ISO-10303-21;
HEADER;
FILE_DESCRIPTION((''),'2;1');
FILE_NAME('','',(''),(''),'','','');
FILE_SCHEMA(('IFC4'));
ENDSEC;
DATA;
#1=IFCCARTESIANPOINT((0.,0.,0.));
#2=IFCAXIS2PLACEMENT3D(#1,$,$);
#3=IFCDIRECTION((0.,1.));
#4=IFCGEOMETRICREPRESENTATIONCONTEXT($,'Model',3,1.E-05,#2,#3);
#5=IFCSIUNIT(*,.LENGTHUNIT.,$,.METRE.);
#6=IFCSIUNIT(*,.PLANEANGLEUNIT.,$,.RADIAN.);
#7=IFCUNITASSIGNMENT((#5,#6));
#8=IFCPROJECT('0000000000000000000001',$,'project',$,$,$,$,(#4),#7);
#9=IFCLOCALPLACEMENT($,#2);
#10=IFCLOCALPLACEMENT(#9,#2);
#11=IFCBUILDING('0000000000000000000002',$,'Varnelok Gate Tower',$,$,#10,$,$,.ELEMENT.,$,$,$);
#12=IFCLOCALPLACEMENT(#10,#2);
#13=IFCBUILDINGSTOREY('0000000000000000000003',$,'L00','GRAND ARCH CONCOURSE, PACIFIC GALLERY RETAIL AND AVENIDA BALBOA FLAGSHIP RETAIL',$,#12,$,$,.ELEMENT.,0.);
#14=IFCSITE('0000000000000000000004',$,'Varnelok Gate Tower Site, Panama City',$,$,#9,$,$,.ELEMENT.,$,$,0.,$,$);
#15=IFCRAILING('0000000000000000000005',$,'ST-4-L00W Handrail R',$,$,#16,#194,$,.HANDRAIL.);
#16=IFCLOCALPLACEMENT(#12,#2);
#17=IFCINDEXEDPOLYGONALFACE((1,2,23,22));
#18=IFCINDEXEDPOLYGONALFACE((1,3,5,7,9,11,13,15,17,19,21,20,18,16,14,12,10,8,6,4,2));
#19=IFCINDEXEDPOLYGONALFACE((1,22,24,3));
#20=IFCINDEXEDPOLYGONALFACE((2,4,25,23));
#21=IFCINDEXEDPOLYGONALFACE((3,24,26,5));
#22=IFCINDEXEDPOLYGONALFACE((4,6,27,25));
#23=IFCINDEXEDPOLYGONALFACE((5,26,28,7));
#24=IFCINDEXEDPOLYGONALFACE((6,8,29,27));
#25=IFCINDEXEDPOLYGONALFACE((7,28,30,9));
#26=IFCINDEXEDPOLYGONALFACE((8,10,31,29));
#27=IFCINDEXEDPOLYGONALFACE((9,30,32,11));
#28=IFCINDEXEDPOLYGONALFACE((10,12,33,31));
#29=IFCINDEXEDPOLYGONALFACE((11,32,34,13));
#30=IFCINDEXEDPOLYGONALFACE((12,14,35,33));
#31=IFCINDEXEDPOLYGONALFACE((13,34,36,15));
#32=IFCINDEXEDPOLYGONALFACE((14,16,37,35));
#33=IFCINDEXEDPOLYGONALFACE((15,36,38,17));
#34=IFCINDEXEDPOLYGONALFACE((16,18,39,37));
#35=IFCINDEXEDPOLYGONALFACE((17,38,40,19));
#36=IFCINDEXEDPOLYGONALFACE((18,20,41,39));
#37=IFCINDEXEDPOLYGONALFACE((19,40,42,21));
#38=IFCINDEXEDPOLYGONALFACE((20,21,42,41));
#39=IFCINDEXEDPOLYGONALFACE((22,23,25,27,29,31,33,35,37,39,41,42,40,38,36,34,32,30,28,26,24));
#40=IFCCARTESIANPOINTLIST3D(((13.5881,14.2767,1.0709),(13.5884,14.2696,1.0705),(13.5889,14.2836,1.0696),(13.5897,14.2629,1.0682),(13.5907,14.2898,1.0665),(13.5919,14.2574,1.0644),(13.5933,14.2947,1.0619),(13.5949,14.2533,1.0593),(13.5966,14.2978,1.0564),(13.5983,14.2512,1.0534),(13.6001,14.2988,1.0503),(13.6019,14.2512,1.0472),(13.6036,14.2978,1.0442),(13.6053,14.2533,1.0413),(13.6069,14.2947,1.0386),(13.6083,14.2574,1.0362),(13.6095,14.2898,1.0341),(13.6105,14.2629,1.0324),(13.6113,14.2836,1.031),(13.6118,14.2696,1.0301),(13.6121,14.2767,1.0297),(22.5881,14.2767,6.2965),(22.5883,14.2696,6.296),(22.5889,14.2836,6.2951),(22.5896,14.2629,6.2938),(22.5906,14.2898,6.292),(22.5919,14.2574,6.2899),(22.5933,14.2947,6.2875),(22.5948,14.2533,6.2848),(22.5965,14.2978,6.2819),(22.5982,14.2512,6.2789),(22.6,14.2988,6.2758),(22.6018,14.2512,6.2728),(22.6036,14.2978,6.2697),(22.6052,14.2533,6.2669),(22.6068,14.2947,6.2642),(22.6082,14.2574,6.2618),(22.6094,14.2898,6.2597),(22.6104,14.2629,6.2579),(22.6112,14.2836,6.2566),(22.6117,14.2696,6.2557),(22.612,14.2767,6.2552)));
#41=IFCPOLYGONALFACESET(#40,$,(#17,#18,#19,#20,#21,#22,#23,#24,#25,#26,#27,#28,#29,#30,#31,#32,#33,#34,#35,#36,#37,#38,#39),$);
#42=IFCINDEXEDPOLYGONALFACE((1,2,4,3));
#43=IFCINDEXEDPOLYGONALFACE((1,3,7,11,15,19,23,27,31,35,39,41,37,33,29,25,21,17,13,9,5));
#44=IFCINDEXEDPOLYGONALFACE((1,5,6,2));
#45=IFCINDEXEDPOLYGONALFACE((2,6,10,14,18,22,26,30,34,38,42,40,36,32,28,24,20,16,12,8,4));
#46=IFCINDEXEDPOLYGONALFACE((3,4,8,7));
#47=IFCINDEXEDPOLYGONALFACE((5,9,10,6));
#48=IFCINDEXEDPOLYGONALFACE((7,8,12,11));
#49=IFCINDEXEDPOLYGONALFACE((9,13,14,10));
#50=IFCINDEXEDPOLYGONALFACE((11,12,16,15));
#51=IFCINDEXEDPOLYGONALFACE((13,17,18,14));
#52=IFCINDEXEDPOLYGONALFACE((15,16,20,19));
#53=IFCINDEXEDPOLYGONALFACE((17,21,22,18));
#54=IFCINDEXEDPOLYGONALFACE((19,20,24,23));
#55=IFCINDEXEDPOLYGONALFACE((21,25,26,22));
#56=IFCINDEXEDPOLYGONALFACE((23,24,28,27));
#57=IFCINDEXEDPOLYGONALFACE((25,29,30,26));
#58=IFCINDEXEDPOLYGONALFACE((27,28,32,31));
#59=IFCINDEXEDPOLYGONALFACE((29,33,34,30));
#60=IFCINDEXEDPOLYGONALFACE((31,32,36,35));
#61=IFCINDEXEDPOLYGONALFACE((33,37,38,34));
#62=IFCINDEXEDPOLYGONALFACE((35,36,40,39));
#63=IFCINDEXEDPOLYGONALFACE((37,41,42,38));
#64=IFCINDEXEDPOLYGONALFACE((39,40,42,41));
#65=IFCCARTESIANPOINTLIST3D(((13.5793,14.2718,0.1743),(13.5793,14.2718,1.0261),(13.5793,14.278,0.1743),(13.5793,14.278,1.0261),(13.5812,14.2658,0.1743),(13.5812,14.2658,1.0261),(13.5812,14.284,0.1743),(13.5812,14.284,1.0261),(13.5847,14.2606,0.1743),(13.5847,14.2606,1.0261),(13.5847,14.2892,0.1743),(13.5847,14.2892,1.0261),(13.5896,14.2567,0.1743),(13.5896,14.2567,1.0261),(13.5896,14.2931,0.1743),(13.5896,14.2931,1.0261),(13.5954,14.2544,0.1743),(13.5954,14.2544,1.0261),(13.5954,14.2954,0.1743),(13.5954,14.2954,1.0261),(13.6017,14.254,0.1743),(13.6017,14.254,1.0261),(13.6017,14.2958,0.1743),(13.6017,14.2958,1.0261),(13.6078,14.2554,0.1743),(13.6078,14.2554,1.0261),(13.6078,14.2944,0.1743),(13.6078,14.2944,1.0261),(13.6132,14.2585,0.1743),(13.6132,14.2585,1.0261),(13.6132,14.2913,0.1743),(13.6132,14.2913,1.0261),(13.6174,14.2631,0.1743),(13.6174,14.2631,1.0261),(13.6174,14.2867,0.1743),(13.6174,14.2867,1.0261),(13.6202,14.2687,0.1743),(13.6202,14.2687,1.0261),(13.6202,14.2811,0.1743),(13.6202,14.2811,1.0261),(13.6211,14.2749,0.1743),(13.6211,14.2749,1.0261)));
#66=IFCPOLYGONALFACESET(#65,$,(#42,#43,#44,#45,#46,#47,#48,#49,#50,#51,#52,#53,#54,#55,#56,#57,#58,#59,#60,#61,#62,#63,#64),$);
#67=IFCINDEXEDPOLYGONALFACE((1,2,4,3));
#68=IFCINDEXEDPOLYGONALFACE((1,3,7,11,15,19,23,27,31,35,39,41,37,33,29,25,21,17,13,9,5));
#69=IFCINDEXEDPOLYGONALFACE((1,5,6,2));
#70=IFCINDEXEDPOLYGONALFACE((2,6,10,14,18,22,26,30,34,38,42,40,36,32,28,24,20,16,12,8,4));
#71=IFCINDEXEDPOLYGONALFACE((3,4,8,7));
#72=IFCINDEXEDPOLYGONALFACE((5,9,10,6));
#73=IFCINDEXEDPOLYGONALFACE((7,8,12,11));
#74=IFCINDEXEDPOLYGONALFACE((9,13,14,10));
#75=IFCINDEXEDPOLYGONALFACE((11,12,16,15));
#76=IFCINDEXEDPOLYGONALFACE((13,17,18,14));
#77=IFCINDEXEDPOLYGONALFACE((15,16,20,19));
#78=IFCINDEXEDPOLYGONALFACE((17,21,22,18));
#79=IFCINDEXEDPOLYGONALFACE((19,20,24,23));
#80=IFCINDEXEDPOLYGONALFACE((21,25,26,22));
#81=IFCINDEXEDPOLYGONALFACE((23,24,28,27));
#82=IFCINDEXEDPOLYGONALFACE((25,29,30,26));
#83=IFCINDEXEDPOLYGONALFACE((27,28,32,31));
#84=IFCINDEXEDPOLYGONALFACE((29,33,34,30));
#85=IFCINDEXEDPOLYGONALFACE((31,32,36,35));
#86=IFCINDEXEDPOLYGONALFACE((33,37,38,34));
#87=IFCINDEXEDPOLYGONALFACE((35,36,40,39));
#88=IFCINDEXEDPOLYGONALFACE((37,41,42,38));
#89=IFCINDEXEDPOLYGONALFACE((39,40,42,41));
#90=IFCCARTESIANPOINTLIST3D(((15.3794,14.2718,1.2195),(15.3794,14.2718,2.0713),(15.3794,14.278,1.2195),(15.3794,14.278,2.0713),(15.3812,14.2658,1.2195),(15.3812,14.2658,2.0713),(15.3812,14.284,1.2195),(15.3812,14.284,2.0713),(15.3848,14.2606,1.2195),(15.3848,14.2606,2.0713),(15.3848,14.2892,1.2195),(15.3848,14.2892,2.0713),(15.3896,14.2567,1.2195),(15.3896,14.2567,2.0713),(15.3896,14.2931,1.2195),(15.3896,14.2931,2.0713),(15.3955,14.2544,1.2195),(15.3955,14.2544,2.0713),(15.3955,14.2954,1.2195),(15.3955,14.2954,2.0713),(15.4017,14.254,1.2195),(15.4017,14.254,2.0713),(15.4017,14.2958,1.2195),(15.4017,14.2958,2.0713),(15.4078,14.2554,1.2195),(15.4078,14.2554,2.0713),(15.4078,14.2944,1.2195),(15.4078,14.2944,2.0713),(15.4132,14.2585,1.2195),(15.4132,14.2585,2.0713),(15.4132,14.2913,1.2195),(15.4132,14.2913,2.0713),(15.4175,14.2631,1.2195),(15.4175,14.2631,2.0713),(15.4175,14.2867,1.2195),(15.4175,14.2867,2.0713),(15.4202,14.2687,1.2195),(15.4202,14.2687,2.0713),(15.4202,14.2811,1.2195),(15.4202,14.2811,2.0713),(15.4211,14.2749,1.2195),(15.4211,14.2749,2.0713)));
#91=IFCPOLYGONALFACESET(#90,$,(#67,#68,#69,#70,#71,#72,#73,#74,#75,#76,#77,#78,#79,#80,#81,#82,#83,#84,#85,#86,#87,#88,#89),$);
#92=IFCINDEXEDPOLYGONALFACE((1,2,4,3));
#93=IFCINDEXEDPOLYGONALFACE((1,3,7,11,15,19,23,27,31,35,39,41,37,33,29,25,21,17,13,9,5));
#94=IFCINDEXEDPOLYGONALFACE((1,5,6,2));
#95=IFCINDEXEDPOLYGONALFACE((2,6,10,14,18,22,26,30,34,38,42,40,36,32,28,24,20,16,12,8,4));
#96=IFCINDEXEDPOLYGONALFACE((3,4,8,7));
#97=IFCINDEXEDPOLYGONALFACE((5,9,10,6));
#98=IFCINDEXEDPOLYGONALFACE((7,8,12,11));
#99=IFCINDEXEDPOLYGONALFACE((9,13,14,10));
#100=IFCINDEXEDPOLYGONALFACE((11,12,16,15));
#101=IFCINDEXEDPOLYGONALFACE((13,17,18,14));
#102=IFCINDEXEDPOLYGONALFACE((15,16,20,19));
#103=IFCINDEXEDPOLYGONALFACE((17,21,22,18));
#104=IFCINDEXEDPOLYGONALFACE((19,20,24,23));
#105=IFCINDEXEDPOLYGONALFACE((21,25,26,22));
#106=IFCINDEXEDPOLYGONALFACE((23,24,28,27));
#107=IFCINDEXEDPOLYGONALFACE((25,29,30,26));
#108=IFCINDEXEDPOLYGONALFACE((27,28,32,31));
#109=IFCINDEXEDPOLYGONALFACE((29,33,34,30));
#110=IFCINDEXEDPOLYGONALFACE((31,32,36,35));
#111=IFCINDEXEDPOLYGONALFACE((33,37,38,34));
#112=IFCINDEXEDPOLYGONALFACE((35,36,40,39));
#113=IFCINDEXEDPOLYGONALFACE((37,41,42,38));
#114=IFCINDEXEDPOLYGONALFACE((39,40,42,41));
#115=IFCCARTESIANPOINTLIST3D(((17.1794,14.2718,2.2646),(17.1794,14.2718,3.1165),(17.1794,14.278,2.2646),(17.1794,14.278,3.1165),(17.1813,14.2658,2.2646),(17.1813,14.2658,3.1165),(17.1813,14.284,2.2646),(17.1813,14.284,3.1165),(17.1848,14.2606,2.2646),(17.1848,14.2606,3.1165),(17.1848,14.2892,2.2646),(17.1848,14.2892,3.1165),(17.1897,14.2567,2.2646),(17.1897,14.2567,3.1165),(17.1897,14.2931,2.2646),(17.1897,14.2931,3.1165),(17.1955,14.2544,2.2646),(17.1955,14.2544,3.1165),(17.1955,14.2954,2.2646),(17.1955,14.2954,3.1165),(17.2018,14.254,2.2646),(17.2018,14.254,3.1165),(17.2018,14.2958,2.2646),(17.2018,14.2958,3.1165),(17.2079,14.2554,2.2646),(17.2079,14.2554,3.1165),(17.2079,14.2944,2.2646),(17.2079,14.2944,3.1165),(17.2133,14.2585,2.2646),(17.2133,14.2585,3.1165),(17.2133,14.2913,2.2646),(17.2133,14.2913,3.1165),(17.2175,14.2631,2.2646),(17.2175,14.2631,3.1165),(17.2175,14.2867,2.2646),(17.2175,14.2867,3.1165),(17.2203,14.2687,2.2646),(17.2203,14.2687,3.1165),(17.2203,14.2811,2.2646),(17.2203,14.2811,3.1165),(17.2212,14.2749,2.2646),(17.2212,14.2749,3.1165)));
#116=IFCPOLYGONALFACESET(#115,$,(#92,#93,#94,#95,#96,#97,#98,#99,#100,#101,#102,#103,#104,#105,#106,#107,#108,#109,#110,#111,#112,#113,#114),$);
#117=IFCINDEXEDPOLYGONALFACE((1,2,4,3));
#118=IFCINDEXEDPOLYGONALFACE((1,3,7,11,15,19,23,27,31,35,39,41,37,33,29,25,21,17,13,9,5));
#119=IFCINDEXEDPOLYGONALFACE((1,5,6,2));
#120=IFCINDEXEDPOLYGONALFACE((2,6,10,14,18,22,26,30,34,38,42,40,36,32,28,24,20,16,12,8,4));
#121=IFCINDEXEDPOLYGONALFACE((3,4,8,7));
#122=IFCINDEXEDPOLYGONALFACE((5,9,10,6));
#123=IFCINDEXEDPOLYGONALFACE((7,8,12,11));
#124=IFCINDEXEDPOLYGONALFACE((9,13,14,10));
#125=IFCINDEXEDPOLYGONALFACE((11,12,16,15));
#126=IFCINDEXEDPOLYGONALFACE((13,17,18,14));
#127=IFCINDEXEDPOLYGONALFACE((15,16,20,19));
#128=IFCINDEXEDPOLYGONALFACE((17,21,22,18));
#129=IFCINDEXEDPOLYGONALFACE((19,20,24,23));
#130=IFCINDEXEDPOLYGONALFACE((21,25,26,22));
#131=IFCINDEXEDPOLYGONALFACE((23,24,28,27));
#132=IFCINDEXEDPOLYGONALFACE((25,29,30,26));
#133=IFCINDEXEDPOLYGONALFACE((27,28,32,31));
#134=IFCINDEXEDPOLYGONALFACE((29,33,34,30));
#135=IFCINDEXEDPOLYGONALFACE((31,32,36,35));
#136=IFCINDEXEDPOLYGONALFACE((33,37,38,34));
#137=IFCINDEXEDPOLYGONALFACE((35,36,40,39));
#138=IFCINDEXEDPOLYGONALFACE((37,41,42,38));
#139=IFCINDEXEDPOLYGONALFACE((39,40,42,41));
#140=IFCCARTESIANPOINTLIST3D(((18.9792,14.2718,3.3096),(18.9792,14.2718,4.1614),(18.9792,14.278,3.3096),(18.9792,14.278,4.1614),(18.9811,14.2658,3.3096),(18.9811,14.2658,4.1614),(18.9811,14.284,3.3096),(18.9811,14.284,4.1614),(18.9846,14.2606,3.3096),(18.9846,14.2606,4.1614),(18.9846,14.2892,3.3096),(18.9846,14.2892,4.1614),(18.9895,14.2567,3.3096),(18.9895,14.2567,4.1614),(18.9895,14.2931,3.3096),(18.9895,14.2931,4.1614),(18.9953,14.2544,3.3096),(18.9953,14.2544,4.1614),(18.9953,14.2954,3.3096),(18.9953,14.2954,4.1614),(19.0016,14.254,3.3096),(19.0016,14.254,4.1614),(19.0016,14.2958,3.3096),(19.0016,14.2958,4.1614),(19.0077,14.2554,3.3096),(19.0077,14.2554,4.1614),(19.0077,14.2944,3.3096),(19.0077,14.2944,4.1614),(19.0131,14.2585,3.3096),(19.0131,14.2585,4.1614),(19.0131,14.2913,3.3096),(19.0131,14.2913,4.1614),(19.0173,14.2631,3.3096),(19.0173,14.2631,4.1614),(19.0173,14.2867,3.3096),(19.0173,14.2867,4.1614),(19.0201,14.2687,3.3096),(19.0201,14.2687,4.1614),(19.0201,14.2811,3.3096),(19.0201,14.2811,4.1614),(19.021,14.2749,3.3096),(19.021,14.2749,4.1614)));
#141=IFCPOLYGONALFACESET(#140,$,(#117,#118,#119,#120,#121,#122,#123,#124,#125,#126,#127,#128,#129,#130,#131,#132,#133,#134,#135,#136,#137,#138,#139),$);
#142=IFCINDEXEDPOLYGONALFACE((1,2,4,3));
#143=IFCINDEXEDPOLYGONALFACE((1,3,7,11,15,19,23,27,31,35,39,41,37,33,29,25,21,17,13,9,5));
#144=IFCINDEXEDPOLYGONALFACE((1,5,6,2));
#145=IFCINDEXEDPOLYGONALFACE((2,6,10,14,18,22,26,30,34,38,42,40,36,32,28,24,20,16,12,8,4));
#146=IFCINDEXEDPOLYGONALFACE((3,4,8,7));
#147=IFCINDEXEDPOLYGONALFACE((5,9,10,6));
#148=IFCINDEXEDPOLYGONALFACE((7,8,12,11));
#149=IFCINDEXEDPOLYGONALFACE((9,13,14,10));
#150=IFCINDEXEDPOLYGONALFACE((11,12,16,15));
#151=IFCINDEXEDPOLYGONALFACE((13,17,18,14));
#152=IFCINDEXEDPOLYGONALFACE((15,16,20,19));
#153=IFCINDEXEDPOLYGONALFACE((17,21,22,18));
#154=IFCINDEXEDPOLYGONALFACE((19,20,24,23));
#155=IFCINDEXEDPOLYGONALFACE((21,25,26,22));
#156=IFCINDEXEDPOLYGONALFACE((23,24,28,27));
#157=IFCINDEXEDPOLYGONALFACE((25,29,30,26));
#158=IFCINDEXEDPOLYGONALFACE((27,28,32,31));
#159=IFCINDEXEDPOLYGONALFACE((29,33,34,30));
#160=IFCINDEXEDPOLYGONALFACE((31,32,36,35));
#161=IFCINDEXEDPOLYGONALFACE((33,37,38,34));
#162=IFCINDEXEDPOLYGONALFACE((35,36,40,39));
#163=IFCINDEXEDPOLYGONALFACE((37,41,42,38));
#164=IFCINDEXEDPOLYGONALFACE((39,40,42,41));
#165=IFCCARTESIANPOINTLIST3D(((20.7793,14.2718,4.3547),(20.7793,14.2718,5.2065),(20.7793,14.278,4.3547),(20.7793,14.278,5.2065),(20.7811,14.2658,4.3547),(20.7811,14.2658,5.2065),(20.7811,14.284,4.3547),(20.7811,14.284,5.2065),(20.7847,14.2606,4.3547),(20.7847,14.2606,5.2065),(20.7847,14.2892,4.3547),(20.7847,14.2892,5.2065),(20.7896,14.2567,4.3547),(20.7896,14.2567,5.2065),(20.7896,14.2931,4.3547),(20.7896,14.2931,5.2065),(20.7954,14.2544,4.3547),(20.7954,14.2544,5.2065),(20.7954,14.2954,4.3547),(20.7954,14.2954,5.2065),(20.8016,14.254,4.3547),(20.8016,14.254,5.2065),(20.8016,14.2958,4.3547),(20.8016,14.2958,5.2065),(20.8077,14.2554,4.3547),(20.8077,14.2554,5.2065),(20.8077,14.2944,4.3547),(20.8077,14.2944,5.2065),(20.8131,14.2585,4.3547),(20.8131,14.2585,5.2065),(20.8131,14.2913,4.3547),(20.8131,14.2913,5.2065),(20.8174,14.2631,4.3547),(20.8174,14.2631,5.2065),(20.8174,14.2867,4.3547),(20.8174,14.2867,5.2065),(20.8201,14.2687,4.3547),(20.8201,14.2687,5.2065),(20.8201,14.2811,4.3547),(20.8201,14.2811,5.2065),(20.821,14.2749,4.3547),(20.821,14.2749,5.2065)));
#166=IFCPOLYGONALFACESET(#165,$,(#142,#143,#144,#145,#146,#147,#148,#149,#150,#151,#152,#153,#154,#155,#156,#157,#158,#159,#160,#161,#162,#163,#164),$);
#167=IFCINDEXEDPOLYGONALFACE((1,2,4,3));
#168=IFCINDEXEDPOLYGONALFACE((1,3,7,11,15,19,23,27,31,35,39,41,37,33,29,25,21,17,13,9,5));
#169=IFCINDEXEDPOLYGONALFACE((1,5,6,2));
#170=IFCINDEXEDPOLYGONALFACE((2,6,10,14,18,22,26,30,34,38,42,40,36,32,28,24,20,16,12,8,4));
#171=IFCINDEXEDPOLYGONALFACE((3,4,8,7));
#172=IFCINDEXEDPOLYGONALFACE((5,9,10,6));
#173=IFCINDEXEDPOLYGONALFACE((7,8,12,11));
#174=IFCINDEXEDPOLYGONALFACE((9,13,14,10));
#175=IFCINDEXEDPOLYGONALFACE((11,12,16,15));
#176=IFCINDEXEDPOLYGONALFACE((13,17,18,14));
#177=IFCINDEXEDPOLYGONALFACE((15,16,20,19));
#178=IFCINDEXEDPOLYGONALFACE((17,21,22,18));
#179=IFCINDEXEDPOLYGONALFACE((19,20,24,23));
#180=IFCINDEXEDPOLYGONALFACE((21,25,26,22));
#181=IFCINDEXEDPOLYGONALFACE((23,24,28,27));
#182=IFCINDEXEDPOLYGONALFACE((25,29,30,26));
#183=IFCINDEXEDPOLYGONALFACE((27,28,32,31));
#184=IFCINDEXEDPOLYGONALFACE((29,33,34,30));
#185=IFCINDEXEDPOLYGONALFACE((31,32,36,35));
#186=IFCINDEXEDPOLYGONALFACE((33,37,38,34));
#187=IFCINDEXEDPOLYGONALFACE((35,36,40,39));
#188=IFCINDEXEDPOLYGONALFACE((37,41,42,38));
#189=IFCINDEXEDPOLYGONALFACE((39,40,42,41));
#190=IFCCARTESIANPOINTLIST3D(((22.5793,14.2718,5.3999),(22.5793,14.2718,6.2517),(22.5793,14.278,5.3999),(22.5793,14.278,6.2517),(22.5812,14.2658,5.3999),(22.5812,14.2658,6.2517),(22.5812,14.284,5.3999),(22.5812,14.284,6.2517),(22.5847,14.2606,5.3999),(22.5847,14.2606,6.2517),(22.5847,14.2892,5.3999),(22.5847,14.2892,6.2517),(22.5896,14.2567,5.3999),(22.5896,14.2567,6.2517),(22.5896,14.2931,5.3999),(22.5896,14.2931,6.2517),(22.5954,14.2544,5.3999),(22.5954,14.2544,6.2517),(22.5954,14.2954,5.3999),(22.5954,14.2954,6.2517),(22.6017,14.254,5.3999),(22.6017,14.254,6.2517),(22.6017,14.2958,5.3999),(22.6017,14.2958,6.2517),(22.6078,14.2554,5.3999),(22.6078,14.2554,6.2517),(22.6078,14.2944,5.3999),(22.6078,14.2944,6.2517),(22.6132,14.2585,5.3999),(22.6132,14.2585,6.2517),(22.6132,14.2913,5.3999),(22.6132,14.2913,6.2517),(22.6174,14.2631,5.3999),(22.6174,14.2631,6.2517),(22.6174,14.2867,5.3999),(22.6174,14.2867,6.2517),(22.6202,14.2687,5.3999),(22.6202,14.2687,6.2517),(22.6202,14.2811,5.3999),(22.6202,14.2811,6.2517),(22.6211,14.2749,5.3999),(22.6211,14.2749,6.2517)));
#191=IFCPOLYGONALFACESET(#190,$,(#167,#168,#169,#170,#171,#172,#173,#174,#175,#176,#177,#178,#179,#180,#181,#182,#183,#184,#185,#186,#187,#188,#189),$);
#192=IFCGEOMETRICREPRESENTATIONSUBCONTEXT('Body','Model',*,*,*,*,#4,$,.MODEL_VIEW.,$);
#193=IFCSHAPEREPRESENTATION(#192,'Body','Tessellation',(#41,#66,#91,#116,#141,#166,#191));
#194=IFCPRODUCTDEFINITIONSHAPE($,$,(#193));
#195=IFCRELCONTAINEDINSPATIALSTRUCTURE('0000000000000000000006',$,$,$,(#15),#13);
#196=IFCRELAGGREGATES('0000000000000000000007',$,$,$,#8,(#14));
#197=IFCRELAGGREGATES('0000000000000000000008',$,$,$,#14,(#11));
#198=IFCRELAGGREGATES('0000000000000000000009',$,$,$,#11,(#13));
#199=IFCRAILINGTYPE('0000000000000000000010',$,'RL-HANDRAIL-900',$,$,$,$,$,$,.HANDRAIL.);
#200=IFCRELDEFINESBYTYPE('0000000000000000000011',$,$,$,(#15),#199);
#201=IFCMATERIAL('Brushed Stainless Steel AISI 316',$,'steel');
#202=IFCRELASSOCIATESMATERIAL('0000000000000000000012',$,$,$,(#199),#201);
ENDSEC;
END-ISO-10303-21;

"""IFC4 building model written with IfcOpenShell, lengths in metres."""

from ifc_helpers import new_model, si_unit, direction, frame, origin, origin_2d, place, context, subcontext, project, spatial, circle, extrude, material, type_object, element, save


model = new_model("IFC4")

# Units and contexts
model_context = context("Model", 3, precision=1e-05, world=origin(), true_north=direction((0.0, 1.0)))
body_context = subcontext(model_context, "Body", "Model", "MODEL_VIEW")
ifc_project = project(units=[si_unit("LENGTHUNIT", "METRE"), si_unit("PLANEANGLEUNIT", "RADIAN")], contexts=[model_context])

# Site, building, storey
site_placement = place(None, origin())
site = spatial("IfcSite", under=ifc_project, at=site_placement, Name="Varnelok Gate Tower Site, Panama City", CompositionType="ELEMENT", RefElevation=0.0)
building_placement = place(site_placement, origin())
building = spatial("IfcBuilding", under=site, at=building_placement, Name="Varnelok Gate Tower", CompositionType="ELEMENT")
storey_placement = place(building_placement, origin())
storey = spatial("IfcBuildingStorey", under=building, at=storey_placement, Name="L00", Description="GRAND ARCH CONCOURSE, PACIFIC GALLERY RETAIL AND AVENIDA BALBOA FLAGSHIP RETAIL", CompositionType="ELEMENT", Elevation=0.0)

# Railing
ifc_material_1 = material(Name="Brushed Stainless Steel AISI 316", Category="steel")
railing_type = type_object("IfcRailingType", Name="RL-HANDRAIL-900", PredefinedType="HANDRAIL", material=ifc_material_1)
railing_placement = place(storey_placement, frame((13.6001, 14.2749, 0.1743)))
element("IfcRailing", 1, at=railing_placement, inside=storey, type_object=railing_type, Name="ST-4-L00W Handrail R", PredefinedType="HANDRAIL", context=body_context, shape_type="SweptSolid", body=[
    extrude(circle(Radius=0.0239, at=origin_2d()), frame((0.0, 0.0, 0.876), z_axis=(0.864798, 0.0, 0.50212), x_axis=(0.0, 1.0, 0.0)), (0.0, 0.0, 1.0), 10.407),
    extrude(circle(Radius=0.021, at=origin_2d()), origin(), (0.0, 0.0, 1.0), 0.8518),
    extrude(circle(Radius=0.021, at=origin_2d()), frame((1.8, 0.0, 1.0452)), (0.0, 0.0, 1.0), 0.8518),
    extrude(circle(Radius=0.021, at=origin_2d()), frame((3.6001, 0.0, 2.0903)), (0.0, 0.0, 1.0), 0.8518),
    extrude(circle(Radius=0.021, at=origin_2d()), frame((5.3999, 0.0, 3.1353)), (0.0, 0.0, 1.0), 0.8518),
    extrude(circle(Radius=0.021, at=origin_2d()), frame((7.2, 0.0, 4.1804)), (0.0, 0.0, 1.0), 0.8518),
    extrude(circle(Radius=0.021, at=origin_2d()), frame((9.0, 0.0, 5.2256)), (0.0, 0.0, 1.0), 0.8518),
])

save(model, "model.ifc")
